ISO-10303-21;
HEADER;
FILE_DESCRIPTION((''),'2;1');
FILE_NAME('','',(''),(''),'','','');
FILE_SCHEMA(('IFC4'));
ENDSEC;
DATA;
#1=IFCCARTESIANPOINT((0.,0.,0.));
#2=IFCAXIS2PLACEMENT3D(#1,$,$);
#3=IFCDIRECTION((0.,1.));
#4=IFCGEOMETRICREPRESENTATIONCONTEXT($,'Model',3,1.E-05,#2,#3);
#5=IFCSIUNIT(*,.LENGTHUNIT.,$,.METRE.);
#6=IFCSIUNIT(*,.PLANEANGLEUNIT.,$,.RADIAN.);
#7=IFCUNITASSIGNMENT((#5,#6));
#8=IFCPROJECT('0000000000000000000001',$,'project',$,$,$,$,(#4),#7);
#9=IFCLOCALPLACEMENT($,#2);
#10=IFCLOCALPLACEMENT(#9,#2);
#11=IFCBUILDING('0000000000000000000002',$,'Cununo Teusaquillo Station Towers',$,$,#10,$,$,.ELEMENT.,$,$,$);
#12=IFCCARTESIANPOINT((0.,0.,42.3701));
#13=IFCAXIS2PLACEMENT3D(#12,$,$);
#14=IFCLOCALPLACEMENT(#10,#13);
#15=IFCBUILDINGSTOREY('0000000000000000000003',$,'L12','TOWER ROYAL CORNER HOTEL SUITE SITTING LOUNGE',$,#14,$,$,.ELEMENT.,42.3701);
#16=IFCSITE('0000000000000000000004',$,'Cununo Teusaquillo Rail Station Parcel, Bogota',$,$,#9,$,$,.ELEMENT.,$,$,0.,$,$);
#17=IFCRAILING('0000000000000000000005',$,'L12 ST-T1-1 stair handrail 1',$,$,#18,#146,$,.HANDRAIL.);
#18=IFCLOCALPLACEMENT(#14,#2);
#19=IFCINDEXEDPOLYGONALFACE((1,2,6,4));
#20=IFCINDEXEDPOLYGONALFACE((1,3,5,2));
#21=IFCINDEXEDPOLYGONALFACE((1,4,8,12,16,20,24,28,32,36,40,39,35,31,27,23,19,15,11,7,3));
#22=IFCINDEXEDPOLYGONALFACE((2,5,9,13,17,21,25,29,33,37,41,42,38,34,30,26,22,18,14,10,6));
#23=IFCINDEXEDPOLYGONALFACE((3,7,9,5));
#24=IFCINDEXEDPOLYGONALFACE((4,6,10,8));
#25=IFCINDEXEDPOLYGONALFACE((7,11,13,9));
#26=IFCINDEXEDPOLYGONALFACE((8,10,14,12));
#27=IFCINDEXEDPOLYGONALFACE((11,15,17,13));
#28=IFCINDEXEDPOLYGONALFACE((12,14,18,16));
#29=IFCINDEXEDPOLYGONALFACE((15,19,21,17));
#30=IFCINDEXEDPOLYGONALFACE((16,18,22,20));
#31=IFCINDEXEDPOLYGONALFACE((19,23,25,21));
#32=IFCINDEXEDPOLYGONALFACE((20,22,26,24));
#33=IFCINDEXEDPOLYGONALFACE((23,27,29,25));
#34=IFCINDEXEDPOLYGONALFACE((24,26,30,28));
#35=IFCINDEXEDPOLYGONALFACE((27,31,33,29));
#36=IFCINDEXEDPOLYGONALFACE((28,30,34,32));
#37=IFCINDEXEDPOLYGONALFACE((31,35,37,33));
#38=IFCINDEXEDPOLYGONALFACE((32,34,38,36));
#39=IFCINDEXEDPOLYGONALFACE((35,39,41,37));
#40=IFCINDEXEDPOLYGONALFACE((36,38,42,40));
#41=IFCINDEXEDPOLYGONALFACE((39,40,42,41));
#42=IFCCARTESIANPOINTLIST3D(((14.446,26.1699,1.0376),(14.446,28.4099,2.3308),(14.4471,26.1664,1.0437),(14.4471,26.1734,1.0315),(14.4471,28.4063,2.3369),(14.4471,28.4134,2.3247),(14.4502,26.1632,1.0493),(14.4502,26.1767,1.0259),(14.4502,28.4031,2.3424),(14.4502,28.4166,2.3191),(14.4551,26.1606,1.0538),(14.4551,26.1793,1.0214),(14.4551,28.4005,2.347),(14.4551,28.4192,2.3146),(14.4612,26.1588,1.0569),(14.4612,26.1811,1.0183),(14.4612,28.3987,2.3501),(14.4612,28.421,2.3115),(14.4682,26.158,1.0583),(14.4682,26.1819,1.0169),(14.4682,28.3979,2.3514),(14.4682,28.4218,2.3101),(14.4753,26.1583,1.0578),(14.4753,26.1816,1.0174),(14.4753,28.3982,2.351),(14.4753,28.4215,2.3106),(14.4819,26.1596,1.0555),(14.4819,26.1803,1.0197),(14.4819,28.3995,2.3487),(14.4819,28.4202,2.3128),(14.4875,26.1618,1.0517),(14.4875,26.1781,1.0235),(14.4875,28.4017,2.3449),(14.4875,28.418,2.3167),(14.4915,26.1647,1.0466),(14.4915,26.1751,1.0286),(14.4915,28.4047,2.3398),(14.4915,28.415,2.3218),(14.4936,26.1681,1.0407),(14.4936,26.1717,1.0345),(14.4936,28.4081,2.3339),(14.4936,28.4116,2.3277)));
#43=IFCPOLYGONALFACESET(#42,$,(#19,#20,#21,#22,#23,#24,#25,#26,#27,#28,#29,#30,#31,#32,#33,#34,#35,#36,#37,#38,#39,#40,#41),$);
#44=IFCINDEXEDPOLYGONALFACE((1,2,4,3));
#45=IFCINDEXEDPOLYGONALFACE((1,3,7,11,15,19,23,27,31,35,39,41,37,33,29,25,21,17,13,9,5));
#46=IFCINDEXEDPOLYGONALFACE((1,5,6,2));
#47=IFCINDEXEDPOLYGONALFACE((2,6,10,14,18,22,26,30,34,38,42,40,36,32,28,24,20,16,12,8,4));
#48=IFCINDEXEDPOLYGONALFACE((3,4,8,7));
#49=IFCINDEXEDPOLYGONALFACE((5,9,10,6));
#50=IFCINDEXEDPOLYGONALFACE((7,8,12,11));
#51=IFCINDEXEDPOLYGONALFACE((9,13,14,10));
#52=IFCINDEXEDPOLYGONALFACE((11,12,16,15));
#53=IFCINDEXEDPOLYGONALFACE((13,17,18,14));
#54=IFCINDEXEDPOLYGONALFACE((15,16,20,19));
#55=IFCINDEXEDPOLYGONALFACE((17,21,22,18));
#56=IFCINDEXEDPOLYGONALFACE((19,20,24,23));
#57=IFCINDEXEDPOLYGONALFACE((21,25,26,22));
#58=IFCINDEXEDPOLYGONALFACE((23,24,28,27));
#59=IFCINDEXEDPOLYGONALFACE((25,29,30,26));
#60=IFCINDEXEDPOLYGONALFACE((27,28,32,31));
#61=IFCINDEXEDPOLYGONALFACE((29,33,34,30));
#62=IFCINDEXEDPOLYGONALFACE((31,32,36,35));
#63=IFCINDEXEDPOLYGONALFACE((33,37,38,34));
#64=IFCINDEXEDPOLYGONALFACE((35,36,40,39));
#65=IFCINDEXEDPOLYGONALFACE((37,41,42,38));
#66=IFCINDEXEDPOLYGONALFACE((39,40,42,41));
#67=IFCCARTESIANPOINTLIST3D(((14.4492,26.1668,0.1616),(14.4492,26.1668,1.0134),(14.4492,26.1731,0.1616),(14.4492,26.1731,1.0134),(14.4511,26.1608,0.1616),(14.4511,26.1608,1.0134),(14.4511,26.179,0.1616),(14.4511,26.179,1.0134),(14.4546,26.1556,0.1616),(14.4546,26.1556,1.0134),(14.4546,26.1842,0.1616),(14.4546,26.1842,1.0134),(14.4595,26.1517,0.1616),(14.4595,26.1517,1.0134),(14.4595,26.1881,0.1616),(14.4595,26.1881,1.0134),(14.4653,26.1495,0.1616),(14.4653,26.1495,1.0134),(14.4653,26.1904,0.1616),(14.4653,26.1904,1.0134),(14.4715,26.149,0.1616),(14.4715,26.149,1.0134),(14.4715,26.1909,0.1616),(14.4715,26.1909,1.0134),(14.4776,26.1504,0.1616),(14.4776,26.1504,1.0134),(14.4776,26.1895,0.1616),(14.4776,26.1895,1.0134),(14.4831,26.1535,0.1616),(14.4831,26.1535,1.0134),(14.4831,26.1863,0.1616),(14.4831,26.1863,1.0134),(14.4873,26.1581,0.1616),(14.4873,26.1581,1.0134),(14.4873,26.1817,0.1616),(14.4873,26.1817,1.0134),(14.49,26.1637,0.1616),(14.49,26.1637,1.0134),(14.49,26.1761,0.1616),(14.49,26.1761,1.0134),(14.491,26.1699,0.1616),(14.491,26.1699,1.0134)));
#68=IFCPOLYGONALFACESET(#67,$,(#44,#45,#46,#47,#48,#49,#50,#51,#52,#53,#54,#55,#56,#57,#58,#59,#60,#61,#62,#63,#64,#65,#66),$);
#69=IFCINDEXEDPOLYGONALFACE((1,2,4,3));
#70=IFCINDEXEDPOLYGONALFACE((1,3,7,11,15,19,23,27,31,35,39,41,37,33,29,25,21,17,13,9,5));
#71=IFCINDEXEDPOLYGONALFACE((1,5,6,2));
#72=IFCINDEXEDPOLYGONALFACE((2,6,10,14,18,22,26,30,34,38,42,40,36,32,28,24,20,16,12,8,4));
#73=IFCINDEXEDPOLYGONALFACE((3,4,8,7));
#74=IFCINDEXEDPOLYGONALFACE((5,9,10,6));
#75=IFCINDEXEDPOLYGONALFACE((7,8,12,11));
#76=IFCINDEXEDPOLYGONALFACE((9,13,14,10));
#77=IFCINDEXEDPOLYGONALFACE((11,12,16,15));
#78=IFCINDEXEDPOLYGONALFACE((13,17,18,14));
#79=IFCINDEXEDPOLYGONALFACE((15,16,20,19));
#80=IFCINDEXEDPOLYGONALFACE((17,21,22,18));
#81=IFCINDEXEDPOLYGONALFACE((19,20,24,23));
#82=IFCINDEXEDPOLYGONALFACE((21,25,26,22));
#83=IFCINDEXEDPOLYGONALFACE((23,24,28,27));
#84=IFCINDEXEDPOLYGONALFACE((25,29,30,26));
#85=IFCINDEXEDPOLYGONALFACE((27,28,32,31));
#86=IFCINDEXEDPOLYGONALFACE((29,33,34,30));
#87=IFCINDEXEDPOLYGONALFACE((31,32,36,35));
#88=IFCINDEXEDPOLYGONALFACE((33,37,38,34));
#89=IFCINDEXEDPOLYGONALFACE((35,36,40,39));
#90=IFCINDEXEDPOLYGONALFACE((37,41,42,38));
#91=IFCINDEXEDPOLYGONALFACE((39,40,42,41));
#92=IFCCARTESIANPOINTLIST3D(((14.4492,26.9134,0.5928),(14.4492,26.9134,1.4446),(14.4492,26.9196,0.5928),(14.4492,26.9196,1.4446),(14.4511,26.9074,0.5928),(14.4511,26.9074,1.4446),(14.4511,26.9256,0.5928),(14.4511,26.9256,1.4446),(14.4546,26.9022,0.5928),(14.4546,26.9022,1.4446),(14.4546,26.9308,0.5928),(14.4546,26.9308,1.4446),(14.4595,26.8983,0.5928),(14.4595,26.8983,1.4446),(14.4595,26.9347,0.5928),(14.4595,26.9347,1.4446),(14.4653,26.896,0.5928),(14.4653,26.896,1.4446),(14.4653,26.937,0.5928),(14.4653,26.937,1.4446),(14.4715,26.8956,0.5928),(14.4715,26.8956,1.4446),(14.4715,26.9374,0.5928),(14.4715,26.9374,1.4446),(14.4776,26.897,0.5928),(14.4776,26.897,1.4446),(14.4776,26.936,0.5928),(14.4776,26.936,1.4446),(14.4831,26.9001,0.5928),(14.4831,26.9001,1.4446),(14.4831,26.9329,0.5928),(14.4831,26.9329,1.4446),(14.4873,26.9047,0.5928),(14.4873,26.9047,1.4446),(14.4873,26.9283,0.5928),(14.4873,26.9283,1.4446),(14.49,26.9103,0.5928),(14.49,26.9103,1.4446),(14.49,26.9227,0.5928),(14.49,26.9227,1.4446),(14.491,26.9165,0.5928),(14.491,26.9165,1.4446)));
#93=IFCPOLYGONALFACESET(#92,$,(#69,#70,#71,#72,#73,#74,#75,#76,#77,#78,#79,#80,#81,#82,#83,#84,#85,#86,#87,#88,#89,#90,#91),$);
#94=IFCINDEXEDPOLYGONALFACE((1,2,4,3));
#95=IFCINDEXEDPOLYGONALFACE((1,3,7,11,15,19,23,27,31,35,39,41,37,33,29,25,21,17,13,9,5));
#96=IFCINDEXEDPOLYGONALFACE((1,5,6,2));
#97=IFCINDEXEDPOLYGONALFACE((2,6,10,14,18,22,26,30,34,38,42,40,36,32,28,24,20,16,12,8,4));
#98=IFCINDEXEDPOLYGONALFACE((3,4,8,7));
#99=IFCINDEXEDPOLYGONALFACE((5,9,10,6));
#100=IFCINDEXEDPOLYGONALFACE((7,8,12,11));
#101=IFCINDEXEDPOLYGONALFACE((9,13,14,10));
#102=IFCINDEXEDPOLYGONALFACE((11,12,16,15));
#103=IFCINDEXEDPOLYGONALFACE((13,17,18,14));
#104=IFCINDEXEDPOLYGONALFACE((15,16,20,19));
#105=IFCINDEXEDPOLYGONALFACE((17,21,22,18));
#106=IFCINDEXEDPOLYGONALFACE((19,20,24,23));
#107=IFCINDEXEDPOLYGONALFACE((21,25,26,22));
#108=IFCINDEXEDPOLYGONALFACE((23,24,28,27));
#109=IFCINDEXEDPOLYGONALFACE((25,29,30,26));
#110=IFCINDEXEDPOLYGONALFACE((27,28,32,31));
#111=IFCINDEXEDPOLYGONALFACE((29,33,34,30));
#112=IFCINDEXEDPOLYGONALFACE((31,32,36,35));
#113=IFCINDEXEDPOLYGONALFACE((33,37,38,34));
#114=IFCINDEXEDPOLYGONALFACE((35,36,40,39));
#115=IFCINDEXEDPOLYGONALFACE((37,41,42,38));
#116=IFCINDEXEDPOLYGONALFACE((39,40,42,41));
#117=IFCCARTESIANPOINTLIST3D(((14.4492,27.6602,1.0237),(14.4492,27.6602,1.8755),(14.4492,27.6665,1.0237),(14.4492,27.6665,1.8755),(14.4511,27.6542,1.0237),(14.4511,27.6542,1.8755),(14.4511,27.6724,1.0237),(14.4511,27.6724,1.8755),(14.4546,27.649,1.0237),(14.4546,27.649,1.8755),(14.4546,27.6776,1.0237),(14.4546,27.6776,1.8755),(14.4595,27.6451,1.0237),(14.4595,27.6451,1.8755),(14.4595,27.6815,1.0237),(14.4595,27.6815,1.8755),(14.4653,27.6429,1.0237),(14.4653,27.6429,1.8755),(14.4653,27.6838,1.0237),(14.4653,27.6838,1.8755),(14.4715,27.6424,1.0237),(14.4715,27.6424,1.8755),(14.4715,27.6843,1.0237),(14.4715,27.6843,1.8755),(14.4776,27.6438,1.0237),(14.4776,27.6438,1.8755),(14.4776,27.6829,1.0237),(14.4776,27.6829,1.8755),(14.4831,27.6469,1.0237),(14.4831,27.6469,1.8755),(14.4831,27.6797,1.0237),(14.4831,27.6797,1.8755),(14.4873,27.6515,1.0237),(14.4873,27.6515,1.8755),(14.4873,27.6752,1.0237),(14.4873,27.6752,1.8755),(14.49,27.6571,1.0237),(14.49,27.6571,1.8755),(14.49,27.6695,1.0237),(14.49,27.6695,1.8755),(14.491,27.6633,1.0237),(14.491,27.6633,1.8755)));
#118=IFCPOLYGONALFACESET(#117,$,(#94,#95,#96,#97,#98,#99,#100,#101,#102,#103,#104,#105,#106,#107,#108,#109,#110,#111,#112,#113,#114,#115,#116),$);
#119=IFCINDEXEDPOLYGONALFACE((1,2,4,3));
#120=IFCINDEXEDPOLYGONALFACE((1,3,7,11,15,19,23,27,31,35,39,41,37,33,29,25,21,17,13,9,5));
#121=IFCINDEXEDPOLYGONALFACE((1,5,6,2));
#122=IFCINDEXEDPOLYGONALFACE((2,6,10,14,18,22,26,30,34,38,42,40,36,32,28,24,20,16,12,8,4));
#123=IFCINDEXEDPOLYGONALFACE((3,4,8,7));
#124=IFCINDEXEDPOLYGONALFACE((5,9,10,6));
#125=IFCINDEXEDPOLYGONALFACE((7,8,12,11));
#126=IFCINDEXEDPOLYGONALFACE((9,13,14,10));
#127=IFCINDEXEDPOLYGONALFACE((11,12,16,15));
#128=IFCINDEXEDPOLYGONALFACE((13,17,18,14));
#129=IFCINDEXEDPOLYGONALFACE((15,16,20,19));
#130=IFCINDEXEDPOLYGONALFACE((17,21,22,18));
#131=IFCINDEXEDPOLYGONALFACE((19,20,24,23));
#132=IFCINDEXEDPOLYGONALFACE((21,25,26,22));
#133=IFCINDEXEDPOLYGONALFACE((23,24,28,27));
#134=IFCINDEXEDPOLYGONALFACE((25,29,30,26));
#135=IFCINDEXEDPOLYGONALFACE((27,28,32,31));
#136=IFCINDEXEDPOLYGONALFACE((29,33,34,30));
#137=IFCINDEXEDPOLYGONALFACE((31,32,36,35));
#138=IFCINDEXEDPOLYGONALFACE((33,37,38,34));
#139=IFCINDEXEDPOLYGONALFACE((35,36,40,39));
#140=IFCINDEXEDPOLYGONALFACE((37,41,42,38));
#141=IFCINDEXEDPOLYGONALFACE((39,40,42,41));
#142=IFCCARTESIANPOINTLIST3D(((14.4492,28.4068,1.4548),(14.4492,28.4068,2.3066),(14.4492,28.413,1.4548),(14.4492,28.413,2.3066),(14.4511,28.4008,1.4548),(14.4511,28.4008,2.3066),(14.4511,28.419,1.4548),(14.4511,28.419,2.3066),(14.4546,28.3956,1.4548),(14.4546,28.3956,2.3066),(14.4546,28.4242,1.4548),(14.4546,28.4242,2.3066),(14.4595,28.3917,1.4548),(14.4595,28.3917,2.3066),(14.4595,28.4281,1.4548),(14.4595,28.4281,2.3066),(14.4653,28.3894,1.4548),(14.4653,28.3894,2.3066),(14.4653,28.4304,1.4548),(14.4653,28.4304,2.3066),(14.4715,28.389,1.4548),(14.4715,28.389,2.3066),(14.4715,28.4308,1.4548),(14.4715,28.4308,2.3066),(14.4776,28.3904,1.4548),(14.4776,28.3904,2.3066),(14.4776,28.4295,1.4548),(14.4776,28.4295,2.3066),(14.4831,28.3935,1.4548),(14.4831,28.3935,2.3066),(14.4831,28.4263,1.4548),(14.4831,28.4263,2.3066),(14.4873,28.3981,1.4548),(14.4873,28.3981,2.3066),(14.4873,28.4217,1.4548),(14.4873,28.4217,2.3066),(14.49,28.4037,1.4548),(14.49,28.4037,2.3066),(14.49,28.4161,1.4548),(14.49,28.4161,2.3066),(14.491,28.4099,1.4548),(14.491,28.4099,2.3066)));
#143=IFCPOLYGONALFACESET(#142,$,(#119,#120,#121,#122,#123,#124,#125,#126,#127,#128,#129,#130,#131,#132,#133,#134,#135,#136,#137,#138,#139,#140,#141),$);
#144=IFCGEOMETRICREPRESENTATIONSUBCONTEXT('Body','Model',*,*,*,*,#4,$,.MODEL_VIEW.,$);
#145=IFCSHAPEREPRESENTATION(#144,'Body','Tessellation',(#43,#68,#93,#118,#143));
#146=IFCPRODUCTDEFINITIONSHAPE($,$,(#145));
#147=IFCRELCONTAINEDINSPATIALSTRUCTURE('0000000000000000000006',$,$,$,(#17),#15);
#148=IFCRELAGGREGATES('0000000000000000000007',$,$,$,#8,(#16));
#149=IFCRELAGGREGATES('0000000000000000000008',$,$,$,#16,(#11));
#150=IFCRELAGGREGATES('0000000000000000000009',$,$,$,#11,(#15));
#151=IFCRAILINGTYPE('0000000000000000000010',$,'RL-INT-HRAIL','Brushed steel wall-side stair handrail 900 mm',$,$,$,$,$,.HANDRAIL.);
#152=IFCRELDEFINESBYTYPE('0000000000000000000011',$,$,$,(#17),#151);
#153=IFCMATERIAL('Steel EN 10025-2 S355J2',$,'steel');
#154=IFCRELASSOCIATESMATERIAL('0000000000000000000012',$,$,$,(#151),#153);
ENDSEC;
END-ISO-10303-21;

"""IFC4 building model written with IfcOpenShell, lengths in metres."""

from ifc_helpers import new_model, si_unit, direction, frame, origin, origin_2d, place, context, subcontext, project, spatial, circle, extrude, material, type_object, element, save


model = new_model("IFC4")

# Units and contexts
model_context = context("Model", 3, precision=1e-05, world=origin(), true_north=direction((0.0, 1.0)))
body_context = subcontext(model_context, "Body", "Model", "MODEL_VIEW")
ifc_project = project(units=[si_unit("LENGTHUNIT", "METRE"), si_unit("PLANEANGLEUNIT", "RADIAN")], contexts=[model_context])

# Site, building, storey
site_placement = place(None, origin())
site = spatial("IfcSite", under=ifc_project, at=site_placement, Name="Cununo Teusaquillo Rail Station Parcel, Bogota", CompositionType="ELEMENT", RefElevation=0.0)
building_placement = place(site_placement, origin())
building = spatial("IfcBuilding", under=site, at=building_placement, Name="Cununo Teusaquillo Station Towers", CompositionType="ELEMENT")
storey_placement = place(building_placement, frame((0.0, 0.0, 42.3701)))
storey = spatial("IfcBuildingStorey", under=building, at=storey_placement, Name="L12", Description="TOWER ROYAL CORNER HOTEL SUITE SITTING LOUNGE", CompositionType="ELEMENT", Elevation=42.3701)

# Railing
ifc_material_1 = material(Name="Steel EN 10025-2 S355J2", Category="steel")
railing_type_1 = type_object("IfcRailingType", Name="RL-INT-HRAIL", Description="Brushed steel wall-side stair handrail 900 mm", PredefinedType="HANDRAIL", material=ifc_material_1)
railing_1_placement = place(storey_placement, frame((14.47, 26.1699, 0.1616)))
element("IfcRailing", 1, at=railing_1_placement, inside=storey, type_object=railing_type_1, Name="L12 ST-T1-1 stair handrail 1", PredefinedType="HANDRAIL", context=body_context, shape_type="SweptSolid", body=[
    extrude(circle(Radius=0.0239, at=origin_2d()), frame((0.0, 0.0, 0.876), z_axis=(0.0, 0.866033, 0.499987), x_axis=(-1.0, 0.0, 0.0)), (0.0, 0.0, 1.0), 2.5864),
    extrude(circle(Radius=0.021, at=origin_2d()), origin(), (0.0, 0.0, 1.0), 0.8518),
    extrude(circle(Radius=0.021, at=origin_2d()), frame((0.0, 0.7466, 0.4312)), (0.0, 0.0, 1.0), 0.8518),
    extrude(circle(Radius=0.021, at=origin_2d()), frame((0.0, 1.4934, 0.8621)), (0.0, 0.0, 1.0), 0.8518),
    extrude(circle(Radius=0.021, at=origin_2d()), frame((0.0, 2.24, 1.2932)), (0.0, 0.0, 1.0), 0.8518),
])

save(model, "model.ifc")
